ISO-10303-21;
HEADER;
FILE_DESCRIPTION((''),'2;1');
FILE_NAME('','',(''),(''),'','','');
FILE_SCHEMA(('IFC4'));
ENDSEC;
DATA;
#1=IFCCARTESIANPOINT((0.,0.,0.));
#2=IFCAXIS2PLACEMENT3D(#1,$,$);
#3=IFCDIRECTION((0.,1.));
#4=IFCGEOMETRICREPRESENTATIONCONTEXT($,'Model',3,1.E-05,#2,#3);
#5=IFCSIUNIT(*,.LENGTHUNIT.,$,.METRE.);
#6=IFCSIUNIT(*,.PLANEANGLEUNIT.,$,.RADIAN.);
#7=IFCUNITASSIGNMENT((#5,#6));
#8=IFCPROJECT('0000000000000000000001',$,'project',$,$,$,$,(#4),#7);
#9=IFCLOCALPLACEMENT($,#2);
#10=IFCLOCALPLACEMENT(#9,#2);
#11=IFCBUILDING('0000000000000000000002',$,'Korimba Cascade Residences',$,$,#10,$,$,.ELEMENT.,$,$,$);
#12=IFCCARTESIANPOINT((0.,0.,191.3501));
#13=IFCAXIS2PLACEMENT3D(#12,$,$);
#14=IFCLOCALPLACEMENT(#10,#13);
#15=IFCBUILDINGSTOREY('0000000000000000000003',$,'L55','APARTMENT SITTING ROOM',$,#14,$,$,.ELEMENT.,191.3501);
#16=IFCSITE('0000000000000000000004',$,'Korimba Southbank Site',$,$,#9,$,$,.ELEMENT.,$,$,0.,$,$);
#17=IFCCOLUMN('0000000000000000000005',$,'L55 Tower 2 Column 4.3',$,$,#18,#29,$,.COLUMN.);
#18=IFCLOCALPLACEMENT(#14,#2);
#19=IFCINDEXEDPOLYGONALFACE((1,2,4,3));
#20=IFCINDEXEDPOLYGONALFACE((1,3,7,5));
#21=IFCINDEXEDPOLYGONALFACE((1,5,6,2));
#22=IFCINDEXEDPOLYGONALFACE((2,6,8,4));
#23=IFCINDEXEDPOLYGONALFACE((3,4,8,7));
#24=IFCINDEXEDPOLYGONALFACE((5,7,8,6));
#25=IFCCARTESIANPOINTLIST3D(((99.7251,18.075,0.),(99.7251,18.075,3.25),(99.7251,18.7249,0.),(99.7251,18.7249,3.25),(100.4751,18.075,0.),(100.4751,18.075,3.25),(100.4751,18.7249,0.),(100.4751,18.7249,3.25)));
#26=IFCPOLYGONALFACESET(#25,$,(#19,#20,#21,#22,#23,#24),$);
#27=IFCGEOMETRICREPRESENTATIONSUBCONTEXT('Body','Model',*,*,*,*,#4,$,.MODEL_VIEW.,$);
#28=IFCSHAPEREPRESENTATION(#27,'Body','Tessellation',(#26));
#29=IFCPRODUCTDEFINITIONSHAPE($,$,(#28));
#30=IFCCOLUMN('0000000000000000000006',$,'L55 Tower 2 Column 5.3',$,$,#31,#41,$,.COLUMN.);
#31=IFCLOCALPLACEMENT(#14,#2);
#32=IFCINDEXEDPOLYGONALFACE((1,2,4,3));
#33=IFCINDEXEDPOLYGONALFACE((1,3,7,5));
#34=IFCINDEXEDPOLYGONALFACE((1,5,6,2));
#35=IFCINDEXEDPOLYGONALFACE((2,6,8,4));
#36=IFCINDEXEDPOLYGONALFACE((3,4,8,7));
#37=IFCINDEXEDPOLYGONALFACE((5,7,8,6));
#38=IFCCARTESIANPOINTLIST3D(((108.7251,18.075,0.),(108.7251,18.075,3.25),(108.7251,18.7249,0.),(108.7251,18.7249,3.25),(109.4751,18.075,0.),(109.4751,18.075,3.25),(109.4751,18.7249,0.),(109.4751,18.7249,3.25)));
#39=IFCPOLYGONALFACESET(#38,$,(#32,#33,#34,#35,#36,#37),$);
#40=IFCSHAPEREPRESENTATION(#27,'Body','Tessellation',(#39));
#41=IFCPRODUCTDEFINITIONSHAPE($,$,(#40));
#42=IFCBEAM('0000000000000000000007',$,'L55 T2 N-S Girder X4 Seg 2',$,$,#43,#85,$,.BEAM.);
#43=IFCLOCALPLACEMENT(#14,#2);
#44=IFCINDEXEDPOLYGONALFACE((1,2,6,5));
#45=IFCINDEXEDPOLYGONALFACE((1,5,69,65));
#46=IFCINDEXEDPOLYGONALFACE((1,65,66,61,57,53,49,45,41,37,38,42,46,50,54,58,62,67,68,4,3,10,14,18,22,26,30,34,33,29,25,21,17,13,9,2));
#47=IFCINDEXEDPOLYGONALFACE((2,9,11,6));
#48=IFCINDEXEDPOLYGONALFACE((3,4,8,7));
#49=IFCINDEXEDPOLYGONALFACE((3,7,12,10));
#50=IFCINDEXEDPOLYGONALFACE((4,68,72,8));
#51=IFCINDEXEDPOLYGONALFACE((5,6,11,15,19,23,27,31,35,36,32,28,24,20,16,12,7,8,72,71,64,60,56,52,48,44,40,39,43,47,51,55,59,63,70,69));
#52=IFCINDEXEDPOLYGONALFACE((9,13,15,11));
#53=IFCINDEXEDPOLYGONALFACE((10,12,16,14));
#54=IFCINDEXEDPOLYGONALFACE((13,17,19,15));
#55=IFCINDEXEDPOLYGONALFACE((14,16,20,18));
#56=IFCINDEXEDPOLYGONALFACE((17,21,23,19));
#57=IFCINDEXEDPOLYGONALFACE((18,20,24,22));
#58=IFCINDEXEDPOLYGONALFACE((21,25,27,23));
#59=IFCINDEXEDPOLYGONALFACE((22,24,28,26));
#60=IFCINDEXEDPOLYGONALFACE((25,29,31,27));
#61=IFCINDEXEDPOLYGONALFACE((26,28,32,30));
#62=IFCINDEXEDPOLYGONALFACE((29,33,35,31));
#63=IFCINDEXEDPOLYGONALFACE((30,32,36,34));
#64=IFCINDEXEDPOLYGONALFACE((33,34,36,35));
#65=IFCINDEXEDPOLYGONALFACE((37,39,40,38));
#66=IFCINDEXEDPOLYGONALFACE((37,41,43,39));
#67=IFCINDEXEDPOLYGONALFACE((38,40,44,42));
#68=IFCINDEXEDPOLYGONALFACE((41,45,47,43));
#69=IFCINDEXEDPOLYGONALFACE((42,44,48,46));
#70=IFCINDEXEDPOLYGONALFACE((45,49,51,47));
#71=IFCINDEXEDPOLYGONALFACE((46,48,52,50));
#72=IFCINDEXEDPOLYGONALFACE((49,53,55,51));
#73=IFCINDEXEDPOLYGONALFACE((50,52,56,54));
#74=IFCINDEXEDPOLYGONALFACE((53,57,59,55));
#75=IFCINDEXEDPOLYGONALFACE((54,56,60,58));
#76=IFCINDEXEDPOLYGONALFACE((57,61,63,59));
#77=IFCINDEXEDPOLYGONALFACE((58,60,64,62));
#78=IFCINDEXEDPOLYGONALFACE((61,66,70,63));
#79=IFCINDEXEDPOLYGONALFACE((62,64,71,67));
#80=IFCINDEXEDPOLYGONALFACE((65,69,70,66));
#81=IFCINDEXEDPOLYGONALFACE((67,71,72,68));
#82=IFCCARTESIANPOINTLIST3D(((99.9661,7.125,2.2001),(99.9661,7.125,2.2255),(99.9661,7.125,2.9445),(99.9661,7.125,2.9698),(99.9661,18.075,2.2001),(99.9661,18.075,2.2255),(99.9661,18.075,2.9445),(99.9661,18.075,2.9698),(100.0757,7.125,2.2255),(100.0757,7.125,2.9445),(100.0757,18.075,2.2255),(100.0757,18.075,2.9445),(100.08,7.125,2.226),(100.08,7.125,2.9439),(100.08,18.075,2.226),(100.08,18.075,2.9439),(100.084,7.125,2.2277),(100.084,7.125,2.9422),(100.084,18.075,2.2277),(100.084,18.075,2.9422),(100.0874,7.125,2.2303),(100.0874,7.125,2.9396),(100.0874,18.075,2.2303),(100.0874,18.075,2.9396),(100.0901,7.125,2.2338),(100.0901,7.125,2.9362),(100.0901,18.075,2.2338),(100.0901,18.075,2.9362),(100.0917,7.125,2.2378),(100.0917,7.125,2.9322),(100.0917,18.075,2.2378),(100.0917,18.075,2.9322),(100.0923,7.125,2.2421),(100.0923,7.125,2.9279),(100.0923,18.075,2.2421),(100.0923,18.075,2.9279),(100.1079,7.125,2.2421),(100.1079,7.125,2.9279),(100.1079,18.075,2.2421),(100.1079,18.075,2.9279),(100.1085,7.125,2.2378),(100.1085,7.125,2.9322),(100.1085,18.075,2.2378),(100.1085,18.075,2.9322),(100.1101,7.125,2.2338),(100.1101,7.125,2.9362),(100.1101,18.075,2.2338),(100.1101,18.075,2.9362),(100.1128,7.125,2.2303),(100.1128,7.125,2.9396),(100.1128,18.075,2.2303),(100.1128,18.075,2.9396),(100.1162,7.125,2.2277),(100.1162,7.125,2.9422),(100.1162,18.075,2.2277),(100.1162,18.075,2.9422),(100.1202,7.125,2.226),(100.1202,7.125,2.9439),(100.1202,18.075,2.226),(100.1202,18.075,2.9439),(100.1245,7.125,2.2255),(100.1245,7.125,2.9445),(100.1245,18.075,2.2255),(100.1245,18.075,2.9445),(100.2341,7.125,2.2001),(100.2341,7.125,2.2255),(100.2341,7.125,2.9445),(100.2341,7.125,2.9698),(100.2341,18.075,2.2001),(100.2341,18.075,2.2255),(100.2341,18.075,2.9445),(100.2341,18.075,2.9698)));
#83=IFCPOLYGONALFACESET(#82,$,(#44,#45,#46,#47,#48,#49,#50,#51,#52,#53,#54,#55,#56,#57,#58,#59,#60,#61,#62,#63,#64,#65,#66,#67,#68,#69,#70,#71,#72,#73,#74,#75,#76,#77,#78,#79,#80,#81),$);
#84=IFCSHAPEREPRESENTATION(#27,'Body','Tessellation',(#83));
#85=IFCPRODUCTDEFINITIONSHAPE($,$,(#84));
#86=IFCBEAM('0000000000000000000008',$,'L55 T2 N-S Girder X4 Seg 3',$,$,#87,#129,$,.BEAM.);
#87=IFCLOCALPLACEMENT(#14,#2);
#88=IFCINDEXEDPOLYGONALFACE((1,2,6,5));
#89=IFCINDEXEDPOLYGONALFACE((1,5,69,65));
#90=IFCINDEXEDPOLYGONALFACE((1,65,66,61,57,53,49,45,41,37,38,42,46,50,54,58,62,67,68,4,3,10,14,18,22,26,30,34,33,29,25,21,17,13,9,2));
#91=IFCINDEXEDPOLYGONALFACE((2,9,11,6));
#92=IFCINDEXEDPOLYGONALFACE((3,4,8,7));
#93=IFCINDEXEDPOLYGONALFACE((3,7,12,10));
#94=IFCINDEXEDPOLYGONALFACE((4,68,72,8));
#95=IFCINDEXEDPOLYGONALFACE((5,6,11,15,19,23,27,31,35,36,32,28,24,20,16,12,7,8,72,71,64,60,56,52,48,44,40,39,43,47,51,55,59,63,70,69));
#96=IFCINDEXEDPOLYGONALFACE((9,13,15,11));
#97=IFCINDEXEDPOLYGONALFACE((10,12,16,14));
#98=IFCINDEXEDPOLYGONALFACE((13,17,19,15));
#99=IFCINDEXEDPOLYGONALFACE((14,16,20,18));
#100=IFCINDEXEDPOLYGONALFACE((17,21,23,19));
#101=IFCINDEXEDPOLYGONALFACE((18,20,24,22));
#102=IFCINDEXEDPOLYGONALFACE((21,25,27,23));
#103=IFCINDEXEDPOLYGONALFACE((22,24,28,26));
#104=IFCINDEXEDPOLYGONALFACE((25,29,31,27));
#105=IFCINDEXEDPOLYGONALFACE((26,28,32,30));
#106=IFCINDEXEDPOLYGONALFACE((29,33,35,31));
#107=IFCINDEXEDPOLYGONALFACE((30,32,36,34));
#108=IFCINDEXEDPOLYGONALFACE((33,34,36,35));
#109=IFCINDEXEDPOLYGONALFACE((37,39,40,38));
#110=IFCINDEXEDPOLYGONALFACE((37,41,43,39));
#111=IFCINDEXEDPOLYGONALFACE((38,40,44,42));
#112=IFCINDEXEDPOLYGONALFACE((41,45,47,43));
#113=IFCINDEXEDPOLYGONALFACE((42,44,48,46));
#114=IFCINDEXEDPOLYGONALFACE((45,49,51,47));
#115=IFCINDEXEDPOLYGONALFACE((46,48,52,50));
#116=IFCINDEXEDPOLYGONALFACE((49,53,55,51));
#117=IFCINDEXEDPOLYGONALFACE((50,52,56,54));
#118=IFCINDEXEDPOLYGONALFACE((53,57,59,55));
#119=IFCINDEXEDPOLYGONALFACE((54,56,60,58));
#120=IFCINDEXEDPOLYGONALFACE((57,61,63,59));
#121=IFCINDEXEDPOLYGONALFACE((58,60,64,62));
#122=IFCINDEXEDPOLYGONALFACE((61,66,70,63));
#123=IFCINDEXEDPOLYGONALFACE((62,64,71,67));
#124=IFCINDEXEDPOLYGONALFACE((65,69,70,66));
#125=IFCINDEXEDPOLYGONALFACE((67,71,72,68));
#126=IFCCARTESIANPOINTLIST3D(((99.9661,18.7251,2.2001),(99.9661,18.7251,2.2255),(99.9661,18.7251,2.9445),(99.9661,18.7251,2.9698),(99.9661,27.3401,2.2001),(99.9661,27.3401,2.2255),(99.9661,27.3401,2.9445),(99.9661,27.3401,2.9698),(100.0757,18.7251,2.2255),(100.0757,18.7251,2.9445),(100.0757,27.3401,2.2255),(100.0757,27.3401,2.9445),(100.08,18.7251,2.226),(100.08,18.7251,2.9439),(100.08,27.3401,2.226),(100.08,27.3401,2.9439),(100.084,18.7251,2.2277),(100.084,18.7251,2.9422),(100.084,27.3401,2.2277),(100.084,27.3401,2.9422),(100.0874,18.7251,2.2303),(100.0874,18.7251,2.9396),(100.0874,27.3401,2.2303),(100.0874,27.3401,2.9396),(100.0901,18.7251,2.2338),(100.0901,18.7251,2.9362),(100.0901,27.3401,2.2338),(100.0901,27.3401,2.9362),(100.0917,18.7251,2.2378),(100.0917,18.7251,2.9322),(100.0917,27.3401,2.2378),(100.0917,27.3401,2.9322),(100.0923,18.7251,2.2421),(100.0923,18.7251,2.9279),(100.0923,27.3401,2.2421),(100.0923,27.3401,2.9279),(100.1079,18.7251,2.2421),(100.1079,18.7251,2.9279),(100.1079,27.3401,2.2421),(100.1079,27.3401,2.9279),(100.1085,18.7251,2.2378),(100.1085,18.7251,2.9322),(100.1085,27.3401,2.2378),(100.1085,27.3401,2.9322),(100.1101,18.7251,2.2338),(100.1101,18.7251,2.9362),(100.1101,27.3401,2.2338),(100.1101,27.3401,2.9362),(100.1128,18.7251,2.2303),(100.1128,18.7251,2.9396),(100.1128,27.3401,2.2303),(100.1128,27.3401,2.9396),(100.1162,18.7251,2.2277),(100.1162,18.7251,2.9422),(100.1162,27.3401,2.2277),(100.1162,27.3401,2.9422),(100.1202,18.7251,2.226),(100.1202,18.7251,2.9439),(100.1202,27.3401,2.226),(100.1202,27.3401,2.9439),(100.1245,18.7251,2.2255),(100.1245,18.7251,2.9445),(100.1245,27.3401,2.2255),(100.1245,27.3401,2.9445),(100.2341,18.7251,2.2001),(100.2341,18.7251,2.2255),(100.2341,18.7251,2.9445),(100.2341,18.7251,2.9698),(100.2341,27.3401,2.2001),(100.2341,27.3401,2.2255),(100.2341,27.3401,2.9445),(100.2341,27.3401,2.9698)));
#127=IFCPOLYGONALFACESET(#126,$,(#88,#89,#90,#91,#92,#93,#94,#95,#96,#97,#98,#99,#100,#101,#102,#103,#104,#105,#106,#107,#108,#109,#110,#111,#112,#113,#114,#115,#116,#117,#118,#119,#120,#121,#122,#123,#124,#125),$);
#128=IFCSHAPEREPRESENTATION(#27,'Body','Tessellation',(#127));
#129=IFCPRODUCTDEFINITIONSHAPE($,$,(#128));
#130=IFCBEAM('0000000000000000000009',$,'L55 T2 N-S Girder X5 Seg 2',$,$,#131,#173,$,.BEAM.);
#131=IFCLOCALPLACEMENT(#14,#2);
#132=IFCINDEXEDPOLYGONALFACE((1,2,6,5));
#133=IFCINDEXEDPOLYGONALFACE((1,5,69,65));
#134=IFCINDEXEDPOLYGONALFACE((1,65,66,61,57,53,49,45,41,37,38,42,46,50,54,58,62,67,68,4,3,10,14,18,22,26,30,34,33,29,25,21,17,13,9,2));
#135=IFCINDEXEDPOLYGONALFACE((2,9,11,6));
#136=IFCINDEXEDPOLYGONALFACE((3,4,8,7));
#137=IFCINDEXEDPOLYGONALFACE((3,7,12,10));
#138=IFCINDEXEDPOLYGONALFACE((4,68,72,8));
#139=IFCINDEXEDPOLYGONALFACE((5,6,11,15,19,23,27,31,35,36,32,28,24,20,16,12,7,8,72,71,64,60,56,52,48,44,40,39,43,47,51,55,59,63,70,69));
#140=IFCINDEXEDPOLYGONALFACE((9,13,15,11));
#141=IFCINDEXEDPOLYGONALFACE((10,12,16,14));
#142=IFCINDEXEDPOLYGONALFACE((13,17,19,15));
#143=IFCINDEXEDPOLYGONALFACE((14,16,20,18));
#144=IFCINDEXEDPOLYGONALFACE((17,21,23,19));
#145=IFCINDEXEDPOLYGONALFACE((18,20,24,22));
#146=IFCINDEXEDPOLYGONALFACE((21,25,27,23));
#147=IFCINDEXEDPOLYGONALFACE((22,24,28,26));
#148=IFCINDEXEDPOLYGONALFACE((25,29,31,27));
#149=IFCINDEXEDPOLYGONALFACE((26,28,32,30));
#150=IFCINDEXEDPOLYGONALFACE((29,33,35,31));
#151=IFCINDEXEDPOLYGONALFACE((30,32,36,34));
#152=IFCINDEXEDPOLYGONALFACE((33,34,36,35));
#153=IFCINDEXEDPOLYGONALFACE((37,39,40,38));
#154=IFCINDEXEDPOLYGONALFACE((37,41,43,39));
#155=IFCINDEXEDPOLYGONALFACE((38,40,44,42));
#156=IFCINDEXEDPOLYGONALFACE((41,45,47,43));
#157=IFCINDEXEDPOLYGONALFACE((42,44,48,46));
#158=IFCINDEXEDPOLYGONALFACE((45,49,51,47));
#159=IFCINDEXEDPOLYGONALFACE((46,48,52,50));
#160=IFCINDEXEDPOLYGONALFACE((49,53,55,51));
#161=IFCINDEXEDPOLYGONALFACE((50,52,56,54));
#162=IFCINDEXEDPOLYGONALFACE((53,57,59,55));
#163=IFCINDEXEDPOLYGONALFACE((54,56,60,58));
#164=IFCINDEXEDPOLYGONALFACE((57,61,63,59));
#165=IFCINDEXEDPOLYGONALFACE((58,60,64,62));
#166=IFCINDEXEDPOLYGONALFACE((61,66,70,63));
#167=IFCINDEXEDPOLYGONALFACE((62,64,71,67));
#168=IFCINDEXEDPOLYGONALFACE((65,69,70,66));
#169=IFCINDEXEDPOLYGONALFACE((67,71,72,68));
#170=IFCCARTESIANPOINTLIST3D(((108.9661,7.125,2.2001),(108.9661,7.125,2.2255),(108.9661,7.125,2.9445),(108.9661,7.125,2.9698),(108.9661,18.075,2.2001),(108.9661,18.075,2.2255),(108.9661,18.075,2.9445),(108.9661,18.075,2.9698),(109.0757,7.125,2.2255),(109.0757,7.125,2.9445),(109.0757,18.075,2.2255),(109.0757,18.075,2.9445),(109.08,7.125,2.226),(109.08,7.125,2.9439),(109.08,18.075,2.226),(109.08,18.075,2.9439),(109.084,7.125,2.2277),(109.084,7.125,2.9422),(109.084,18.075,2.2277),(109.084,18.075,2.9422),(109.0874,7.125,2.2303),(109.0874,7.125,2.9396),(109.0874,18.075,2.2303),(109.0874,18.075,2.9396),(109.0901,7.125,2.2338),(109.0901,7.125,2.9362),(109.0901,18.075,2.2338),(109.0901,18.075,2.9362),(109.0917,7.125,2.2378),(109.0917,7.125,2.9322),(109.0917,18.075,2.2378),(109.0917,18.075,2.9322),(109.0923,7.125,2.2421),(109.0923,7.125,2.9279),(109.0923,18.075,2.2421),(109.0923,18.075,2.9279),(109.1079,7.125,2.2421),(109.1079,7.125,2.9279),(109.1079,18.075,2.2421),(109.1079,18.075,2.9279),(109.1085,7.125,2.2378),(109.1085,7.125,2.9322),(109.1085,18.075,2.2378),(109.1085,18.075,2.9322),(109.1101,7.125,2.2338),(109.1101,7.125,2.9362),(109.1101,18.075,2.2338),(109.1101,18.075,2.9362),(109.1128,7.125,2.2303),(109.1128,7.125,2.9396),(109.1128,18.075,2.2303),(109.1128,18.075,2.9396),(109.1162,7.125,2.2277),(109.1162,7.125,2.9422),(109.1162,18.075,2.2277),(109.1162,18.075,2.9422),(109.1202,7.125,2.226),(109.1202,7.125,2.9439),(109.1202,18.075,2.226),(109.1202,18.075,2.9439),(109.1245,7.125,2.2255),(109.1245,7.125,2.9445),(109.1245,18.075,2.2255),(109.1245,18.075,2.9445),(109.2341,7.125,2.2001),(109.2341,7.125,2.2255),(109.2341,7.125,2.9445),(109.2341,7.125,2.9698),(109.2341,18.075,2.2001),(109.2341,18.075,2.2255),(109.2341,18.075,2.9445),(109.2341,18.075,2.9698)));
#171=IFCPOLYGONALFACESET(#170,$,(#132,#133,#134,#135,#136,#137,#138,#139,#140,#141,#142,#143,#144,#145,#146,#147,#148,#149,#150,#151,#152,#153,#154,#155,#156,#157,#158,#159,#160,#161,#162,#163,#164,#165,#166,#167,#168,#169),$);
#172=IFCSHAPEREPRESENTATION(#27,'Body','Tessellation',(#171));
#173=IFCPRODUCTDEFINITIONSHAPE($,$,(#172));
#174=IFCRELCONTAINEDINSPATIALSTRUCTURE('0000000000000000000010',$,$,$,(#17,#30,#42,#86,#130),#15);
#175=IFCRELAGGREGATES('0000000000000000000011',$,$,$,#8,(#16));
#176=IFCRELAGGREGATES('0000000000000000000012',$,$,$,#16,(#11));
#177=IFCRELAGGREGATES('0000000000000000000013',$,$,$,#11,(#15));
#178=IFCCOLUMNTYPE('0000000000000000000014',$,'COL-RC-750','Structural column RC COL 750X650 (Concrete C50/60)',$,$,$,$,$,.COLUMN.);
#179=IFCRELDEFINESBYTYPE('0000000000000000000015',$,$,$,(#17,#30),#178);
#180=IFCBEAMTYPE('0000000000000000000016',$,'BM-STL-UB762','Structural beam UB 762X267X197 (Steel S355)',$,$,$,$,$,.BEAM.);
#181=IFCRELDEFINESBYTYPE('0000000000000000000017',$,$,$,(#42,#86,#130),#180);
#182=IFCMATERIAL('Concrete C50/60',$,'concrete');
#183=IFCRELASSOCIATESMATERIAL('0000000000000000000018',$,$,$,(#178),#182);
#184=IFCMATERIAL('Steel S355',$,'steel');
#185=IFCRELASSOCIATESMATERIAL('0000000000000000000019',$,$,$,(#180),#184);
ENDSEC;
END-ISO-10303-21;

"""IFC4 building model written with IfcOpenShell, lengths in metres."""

from ifc_helpers import new_model, si_unit, direction, frame, origin, origin_2d, place, context, subcontext, project, spatial, rectangle, i_section, extrude, material, material_profile, profile_set, type_object, element, save


model = new_model("IFC4")

# Units and contexts
model_context = context("Model", 3, precision=1e-05, world=origin(), true_north=direction((0.0, 1.0)))
body_context = subcontext(model_context, "Body", "Model", "MODEL_VIEW")
ifc_project = project(units=[si_unit("LENGTHUNIT", "METRE"), si_unit("PLANEANGLEUNIT", "RADIAN")], contexts=[model_context])

# Site, building, storey
site_placement = place(None, origin())
site = spatial("IfcSite", under=ifc_project, at=site_placement, Name="Korimba Southbank Site", CompositionType="ELEMENT", RefElevation=0.0)
building_placement = place(site_placement, origin())
building = spatial("IfcBuilding", under=site, at=building_placement, Name="Korimba Cascade Residences", CompositionType="ELEMENT")
storey_placement = place(building_placement, frame((0.0, 0.0, 191.3501)))
storey = spatial("IfcBuildingStorey", under=building, at=storey_placement, Name="L55", Description="APARTMENT SITTING ROOM", CompositionType="ELEMENT", Elevation=191.3501)

# Columns
ifc_material_1 = material(Name="Concrete C50/60", Category="concrete")
ifc_material_profile_1 = material_profile(ifc_material_1, rectangle(XDim=0.75, YDim=0.6499, at=origin_2d()), Name="Concrete C50/60")
ifc_profile_set_1 = profile_set([ifc_material_profile_1], Name="Concrete C50/60")
column_type = type_object("IfcColumnType", Name="COL-RC-750", Description="Structural column RC COL 750X650 (Concrete C50/60)", PredefinedType="COLUMN", material=ifc_profile_set_1)
for number, where, z_axis, x_axis, name in (
    (1, (100.1001, 18.3999, 0.0), (0.0, 0.0, 1.0), (1.0, 0.0, 0.0), "L55 Tower 2 Column 4.3"),
    (2, (109.1001, 18.3999, 0.0), (0.0, 0.0, 1.0), (1.0, 0.0, 0.0), "L55 Tower 2 Column 5.3"),
):
    element("IfcColumn", number, at=place(storey_placement, frame(where, z_axis=z_axis, x_axis=x_axis)), inside=storey, type_object=column_type, Name=name, PredefinedType="COLUMN", context=body_context, shape_type="SweptSolid", body=[
        extrude(rectangle(XDim=0.75, YDim=0.6499, at=origin_2d()), origin(), (0.0, 0.0, 1.0), 3.25),
    ])

# Beams
ifc_material_2 = material(Name="Steel S355", Category="steel")
ifc_material_profile_2 = material_profile(ifc_material_2, i_section(OverallWidth=0.2681, OverallDepth=0.7698, WebThickness=0.0156, FlangeThickness=0.0254, FilletRadius=0.0166, at=origin_2d()), Name="Steel S355")
ifc_profile_set_2 = profile_set([ifc_material_profile_2], Name="Steel S355")
beam_type = type_object("IfcBeamType", Name="BM-STL-UB762", Description="Structural beam UB 762X267X197 (Steel S355)", PredefinedType="BEAM", material=ifc_profile_set_2)
beam_1_placement = place(storey_placement, frame((100.1001, 7.125, 2.585), z_axis=(0.0, 1.0, 0.0), x_axis=(-1.0, 0.0, 0.0)))
element("IfcBeam", 3, at=beam_1_placement, inside=storey, type_object=beam_type, Name="L55 T2 N-S Girder X4 Seg 2", PredefinedType="BEAM", context=body_context, shape_type="SweptSolid", body=[
    extrude(i_section(OverallWidth=0.2681, OverallDepth=0.7698, WebThickness=0.0156, FlangeThickness=0.0254, FilletRadius=0.0166, at=origin_2d()), origin(), (0.0, 0.0, 1.0), 10.95),
])
beam_2_placement = place(storey_placement, frame((100.1001, 18.7251, 2.585), z_axis=(0.0, 1.0, 0.0), x_axis=(-1.0, 0.0, 0.0)))
element("IfcBeam", 4, at=beam_2_placement, inside=storey, type_object=beam_type, Name="L55 T2 N-S Girder X4 Seg 3", PredefinedType="BEAM", context=body_context, shape_type="SweptSolid", body=[
    extrude(i_section(OverallWidth=0.2681, OverallDepth=0.7698, WebThickness=0.0156, FlangeThickness=0.0254, FilletRadius=0.0166, at=origin_2d()), origin(), (0.0, 0.0, 1.0), 8.615),
])
beam_3_placement = place(storey_placement, frame((109.1001, 7.125, 2.585), z_axis=(0.0, 1.0, 0.0), x_axis=(-1.0, 0.0, 0.0)))
element("IfcBeam", 5, at=beam_3_placement, inside=storey, type_object=beam_type, Name="L55 T2 N-S Girder X5 Seg 2", PredefinedType="BEAM", context=body_context, shape_type="SweptSolid", body=[
    extrude(i_section(OverallWidth=0.2681, OverallDepth=0.7698, WebThickness=0.0156, FlangeThickness=0.0254, FilletRadius=0.0166, at=origin_2d()), origin(), (0.0, 0.0, 1.0), 10.95),
])

save(model, "model.ifc")
